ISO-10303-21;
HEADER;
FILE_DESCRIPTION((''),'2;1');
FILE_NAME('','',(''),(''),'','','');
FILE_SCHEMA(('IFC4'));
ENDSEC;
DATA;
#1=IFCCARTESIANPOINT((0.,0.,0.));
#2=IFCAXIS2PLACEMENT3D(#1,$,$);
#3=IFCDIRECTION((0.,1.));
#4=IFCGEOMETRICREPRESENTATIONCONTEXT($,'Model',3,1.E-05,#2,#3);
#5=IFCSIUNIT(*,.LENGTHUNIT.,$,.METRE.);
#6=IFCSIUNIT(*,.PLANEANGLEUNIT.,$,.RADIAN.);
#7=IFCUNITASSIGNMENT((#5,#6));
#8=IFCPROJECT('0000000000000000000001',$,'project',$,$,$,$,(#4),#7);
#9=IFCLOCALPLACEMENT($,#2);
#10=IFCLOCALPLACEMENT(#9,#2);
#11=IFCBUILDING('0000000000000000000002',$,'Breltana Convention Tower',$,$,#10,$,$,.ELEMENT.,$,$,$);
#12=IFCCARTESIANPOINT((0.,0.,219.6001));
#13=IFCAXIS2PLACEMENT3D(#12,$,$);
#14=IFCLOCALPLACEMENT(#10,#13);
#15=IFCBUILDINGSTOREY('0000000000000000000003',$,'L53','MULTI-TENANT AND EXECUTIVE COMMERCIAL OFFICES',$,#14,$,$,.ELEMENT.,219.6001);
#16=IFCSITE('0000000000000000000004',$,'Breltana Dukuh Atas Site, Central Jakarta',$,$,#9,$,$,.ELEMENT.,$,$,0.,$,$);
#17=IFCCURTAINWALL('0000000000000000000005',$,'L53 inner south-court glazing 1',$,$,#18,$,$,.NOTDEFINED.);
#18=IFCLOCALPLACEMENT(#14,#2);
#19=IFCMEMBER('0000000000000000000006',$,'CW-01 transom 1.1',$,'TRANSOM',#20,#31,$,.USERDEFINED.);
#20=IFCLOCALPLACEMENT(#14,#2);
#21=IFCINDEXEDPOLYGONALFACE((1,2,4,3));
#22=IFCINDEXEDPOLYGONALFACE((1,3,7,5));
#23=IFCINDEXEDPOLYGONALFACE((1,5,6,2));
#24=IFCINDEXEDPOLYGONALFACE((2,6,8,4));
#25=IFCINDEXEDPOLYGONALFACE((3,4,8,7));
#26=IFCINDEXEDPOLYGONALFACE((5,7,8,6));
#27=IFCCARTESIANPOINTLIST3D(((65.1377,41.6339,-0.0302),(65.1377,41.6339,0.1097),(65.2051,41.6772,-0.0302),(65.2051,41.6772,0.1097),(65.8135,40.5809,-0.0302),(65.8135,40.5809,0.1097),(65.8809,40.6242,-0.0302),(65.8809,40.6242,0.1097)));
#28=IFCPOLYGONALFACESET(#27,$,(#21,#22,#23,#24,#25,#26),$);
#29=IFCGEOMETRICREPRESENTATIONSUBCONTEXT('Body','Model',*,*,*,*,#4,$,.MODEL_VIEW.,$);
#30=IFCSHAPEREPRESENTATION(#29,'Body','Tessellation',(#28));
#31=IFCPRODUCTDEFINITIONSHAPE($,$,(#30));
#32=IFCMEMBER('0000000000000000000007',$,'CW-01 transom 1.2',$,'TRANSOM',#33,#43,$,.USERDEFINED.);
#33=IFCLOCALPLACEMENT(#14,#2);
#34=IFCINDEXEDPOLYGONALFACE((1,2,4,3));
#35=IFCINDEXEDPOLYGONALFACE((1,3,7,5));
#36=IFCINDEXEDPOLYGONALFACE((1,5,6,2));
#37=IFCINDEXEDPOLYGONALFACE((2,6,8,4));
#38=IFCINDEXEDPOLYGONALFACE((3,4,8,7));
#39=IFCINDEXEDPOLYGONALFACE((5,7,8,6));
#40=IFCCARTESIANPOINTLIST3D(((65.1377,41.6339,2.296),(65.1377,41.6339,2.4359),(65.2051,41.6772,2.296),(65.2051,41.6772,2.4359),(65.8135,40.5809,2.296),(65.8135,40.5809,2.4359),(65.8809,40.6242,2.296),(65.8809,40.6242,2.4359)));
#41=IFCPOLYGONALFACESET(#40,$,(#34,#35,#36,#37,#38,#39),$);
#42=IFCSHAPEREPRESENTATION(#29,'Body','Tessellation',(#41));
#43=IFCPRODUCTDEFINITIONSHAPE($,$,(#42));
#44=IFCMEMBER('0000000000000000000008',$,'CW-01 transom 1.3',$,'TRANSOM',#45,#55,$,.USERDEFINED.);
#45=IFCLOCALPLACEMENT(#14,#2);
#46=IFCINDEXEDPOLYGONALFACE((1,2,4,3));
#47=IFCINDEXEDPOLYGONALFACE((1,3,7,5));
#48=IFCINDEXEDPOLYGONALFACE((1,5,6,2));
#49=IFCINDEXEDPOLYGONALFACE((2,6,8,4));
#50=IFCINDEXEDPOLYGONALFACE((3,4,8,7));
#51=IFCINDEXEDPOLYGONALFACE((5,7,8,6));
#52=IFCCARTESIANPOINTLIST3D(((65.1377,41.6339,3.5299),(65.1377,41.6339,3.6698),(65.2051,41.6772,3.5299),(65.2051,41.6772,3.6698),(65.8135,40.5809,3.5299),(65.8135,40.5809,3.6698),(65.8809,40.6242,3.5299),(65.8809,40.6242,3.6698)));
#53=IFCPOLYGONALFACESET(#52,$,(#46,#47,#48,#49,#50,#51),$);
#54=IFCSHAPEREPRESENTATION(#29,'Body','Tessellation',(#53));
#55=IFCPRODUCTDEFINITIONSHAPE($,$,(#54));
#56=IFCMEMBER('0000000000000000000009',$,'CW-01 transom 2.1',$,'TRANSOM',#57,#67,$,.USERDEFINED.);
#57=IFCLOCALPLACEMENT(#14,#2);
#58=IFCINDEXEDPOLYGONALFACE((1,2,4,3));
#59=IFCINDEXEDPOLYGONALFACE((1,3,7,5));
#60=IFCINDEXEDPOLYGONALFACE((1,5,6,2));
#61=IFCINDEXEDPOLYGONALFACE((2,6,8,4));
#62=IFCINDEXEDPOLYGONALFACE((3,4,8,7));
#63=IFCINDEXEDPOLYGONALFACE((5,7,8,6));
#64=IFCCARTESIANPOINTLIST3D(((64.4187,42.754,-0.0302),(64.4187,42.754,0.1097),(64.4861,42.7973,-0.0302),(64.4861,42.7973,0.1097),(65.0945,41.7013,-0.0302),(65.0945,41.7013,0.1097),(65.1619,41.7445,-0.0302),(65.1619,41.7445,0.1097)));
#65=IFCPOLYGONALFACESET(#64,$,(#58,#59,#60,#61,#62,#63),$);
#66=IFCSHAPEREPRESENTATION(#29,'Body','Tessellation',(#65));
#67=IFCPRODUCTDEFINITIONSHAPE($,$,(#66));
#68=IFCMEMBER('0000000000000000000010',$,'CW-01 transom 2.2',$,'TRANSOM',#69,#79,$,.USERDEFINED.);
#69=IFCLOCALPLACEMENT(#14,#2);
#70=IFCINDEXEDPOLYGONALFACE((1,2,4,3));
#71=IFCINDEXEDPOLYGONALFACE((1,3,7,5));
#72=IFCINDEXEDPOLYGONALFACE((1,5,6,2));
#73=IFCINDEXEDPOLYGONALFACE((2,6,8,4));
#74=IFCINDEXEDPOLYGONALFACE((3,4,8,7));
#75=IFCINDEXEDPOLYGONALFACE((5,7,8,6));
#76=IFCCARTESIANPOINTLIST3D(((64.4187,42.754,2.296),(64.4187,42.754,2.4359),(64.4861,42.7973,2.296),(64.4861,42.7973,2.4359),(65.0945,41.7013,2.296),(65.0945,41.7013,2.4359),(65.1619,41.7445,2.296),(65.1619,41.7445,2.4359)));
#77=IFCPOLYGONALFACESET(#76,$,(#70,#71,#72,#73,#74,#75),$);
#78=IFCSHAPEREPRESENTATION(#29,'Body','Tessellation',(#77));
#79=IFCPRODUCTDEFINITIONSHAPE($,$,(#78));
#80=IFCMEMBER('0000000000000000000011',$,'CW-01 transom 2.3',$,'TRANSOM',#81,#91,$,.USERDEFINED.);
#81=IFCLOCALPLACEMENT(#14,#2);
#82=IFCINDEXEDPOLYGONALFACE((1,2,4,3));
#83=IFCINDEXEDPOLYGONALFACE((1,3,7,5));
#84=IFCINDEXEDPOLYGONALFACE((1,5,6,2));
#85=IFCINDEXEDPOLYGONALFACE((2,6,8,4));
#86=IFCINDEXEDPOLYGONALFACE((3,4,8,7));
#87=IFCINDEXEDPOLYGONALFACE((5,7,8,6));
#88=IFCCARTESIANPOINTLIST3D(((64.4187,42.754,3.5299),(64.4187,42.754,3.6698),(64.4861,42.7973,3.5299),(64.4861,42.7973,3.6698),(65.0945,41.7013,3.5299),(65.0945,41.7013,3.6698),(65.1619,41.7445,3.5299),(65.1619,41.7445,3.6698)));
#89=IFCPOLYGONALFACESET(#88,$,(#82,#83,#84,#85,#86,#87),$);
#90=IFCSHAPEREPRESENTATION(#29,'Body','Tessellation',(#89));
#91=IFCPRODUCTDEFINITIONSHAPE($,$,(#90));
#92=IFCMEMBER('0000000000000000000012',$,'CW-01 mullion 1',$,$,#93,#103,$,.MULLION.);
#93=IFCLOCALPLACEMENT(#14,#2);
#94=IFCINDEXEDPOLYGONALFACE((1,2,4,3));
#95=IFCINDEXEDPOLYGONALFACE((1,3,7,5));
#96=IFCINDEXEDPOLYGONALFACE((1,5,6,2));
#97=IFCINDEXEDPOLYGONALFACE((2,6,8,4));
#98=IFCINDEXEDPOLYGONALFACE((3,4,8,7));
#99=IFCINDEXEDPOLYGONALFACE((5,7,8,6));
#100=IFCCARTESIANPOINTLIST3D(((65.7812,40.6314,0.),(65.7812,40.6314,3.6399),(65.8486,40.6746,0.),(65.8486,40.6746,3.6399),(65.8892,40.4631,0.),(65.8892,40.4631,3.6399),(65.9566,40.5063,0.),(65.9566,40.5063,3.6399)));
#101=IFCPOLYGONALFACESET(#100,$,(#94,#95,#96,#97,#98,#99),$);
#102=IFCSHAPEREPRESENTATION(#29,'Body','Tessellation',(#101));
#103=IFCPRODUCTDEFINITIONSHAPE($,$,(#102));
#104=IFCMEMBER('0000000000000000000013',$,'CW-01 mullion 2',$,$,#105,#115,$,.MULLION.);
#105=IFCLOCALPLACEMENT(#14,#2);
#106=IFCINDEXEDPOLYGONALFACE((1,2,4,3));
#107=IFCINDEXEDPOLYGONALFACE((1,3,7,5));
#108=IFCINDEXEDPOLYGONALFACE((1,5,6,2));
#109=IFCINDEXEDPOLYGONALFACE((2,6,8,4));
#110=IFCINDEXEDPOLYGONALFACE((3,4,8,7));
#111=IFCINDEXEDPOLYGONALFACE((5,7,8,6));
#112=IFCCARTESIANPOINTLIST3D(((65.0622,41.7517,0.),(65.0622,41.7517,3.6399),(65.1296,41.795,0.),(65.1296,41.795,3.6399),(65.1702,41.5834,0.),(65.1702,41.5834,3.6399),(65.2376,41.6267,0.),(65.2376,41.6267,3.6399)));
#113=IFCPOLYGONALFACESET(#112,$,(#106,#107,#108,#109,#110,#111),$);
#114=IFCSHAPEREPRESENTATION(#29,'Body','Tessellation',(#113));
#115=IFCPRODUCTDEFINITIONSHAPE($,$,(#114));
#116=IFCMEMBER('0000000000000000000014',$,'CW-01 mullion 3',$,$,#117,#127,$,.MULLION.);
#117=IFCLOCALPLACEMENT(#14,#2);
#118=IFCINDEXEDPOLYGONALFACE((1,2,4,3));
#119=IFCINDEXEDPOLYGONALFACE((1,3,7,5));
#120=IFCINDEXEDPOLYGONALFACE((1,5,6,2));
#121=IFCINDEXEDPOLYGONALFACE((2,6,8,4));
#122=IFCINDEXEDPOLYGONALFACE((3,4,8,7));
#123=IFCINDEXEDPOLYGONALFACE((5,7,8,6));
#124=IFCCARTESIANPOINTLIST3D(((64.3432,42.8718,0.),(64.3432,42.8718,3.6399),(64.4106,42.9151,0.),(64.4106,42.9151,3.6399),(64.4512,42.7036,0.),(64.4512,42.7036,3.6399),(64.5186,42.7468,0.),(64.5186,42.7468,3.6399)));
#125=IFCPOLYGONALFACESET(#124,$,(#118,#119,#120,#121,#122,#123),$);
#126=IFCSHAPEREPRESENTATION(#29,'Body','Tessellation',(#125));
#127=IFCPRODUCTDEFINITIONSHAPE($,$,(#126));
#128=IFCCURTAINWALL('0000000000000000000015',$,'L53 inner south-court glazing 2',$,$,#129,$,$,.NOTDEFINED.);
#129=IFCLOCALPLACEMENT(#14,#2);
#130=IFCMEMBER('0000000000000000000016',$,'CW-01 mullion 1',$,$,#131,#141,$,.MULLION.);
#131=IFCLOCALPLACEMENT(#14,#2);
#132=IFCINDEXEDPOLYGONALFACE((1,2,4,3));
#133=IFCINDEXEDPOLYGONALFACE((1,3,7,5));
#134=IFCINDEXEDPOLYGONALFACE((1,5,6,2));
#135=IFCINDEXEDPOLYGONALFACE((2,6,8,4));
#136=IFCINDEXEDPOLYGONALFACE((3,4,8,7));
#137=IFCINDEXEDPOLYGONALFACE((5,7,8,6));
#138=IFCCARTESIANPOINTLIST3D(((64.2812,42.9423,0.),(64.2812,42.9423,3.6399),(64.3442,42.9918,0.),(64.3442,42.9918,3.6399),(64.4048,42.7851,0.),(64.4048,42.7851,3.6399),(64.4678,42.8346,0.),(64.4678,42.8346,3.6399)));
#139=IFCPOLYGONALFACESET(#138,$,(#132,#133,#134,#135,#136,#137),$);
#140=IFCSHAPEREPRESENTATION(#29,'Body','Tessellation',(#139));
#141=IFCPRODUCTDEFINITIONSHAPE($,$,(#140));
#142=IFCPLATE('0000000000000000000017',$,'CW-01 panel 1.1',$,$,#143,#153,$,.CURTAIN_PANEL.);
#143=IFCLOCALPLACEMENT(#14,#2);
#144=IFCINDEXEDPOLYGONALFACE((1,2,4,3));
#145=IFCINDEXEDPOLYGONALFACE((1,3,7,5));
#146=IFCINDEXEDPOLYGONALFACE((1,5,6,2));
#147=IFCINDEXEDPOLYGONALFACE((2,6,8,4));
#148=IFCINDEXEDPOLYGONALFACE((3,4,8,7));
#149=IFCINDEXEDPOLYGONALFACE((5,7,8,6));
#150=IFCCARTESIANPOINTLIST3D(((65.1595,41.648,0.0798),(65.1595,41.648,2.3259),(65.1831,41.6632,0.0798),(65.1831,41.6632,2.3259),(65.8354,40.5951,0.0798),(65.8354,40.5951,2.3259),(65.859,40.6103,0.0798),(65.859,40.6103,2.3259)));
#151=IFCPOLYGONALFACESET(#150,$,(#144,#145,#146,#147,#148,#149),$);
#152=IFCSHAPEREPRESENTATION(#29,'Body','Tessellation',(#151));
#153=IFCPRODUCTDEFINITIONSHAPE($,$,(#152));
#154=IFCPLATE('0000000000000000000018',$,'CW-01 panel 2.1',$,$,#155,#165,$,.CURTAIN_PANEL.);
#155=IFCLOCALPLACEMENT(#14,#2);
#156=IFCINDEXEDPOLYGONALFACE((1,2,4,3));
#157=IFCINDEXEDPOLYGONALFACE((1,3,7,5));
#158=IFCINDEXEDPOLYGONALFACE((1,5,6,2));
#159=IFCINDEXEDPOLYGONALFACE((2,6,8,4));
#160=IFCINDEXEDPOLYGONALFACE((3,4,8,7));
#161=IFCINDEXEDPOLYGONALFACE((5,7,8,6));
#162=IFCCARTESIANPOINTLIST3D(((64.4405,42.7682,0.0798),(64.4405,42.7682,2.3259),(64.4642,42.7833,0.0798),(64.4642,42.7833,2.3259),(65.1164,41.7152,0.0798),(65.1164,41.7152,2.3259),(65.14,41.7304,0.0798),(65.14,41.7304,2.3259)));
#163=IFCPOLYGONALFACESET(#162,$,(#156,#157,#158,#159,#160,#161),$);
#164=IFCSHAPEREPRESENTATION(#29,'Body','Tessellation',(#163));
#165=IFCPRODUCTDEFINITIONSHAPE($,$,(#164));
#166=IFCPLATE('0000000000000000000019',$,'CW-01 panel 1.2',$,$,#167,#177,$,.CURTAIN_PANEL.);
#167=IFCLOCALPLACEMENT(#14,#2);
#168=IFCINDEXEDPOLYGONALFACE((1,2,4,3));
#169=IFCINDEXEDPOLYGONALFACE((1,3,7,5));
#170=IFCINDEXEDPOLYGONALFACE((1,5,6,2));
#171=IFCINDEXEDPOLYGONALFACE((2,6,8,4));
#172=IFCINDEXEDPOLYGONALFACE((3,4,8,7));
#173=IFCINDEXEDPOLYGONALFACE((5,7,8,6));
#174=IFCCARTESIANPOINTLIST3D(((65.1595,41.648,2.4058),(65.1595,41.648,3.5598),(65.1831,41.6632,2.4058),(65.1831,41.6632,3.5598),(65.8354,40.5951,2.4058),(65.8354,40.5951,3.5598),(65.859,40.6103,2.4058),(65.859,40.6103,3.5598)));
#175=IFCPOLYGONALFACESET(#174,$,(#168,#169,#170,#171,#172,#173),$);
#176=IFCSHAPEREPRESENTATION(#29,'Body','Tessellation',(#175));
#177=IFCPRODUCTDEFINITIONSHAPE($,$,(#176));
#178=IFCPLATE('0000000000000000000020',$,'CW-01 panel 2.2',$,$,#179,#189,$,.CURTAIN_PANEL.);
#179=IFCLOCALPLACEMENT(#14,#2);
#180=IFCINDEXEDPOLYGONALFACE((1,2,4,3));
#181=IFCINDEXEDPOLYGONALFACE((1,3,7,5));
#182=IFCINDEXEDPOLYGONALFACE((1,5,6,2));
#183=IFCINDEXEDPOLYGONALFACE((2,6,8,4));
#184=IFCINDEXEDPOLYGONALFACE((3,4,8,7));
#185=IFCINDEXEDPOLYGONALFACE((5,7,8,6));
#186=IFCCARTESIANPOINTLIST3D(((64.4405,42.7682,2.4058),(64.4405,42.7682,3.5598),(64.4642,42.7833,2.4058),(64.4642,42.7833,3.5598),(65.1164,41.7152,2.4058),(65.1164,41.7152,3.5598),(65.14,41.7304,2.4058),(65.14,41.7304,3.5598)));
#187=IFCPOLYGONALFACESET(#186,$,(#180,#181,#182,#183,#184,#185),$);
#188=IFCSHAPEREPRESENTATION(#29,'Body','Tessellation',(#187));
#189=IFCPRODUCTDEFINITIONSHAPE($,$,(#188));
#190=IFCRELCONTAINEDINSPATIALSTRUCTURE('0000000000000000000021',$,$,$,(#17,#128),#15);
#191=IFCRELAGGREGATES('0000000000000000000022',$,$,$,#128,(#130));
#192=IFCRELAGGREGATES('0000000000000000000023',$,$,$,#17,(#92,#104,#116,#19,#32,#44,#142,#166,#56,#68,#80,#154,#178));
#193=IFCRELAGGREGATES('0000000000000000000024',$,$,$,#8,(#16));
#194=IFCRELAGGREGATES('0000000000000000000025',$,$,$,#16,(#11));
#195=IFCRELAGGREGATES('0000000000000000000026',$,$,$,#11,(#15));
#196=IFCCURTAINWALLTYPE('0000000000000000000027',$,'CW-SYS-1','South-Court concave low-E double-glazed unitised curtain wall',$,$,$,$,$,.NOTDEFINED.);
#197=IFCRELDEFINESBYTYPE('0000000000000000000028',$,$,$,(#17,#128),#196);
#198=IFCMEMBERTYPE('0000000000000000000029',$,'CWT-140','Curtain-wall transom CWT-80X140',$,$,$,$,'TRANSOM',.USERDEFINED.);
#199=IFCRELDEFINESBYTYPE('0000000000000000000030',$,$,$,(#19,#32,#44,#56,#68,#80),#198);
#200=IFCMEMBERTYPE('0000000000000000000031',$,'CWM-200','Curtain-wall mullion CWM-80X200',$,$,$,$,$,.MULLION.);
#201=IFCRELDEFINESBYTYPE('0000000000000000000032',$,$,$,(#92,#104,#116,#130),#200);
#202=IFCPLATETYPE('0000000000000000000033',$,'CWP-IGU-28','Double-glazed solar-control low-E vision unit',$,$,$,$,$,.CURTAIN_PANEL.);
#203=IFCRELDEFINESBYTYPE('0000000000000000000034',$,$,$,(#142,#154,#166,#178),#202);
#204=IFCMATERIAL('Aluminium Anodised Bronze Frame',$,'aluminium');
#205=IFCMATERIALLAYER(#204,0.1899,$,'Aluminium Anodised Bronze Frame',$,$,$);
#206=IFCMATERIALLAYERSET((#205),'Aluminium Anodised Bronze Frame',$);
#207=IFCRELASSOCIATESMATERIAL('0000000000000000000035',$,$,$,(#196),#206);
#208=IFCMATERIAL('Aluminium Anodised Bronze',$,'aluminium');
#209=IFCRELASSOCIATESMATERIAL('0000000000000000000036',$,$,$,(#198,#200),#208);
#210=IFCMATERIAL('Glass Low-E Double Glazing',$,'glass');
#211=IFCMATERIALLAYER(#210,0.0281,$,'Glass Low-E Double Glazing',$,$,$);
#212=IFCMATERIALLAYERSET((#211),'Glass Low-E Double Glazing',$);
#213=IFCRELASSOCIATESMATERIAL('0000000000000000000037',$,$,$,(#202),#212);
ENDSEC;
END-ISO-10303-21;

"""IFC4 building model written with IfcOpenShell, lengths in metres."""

from ifc_helpers import new_model, si_unit, direction, frame, origin, origin_2d, place, context, subcontext, project, spatial, rectangle, extrude, source, transform, mapped, material, layer, layer_set, material_profile, profile_set, type_object, element, aggregate, save


model = new_model("IFC4")

# Units and contexts
model_context = context("Model", 3, precision=1e-05, world=origin(), true_north=direction((0.0, 1.0)))
body_context = subcontext(model_context, "Body", "Model", "MODEL_VIEW")
ifc_project = project(units=[si_unit("LENGTHUNIT", "METRE"), si_unit("PLANEANGLEUNIT", "RADIAN")], contexts=[model_context])

# Site, building, storey
site_placement = place(None, origin())
site = spatial("IfcSite", under=ifc_project, at=site_placement, Name="Breltana Dukuh Atas Site, Central Jakarta", CompositionType="ELEMENT", RefElevation=0.0)
building_placement = place(site_placement, origin())
building = spatial("IfcBuilding", under=site, at=building_placement, Name="Breltana Convention Tower", CompositionType="ELEMENT")
storey_placement = place(building_placement, frame((0.0, 0.0, 219.6001)))
storey = spatial("IfcBuildingStorey", under=building, at=storey_placement, Name="L53", Description="MULTI-TENANT AND EXECUTIVE COMMERCIAL OFFICES", CompositionType="ELEMENT", Elevation=219.6001)

# Curtain wall, members
ifc_material_1 = material(Name="Aluminium Anodised Bronze Frame", Category="aluminium")
ifc_layer_1 = layer(ifc_material_1, 0.1899, Name="Aluminium Anodised Bronze Frame")
ifc_layer_set_1 = layer_set([ifc_layer_1], Name="Aluminium Anodised Bronze Frame")
curtain_wall_type = type_object("IfcCurtainWallType", Name="CW-SYS-1", Description="South-Court concave low-E double-glazed unitised curtain wall", PredefinedType="NOTDEFINED", material=ifc_layer_set_1)
curtain_wall_1_placement = place(storey_placement, origin())
curtain_wall_1 = element("IfcCurtainWall", 1, at=curtain_wall_1_placement, inside=storey, type_object=curtain_wall_type, Name="L53 inner south-court glazing 1", PredefinedType="NOTDEFINED")
ifc_material_2 = material(Name="Aluminium Anodised Bronze", Category="aluminium")
ifc_material_profile_1 = material_profile(ifc_material_2, rectangle(XDim=0.0801, YDim=0.1399, at=origin_2d()), Name="CWT-80X140")
ifc_profile_set_1 = profile_set([ifc_material_profile_1], Name="Aluminium Anodised Bronze")
member_type_1 = type_object("IfcMemberType", Name="CWT-140", Description="Curtain-wall transom CWT-80X140", ElementType="TRANSOM", PredefinedType="USERDEFINED", material=ifc_profile_set_1)
shared_shape_1 = source(origin(), body_context, "Body", "SweptSolid", [
    extrude(rectangle(XDim=0.0801, YDim=0.1399, at=origin_2d()), origin(), (0.0, 0.0, 1.0), 1.2512),
])
member_1_placement = place(storey_placement, frame((65.8472, 40.6025, 0.0398), z_axis=(-0.540116, 0.84159, 0.0), x_axis=(-0.84159, -0.540116, 0.0)))
member_1 = element("IfcMember", 2, at=member_1_placement, type_object=member_type_1, Name="CW-01 transom 1.1", ObjectType="TRANSOM", PredefinedType="USERDEFINED", context=body_context, shape_type="MappedRepresentation", body=[
    mapped(shared_shape_1, transform((0.0, 0.0, 0.0), scale=1.0)),
])
member_2_placement = place(storey_placement, frame((65.8472, 40.6025, 2.366), z_axis=(-0.540116, 0.84159, 0.0), x_axis=(-0.84159, -0.540116, 0.0)))
member_2 = element("IfcMember", 3, at=member_2_placement, type_object=member_type_1, Name="CW-01 transom 1.2", ObjectType="TRANSOM", PredefinedType="USERDEFINED", context=body_context, shape_type="MappedRepresentation", body=[
    mapped(shared_shape_1, transform((0.0, 0.0, 0.0), scale=1.0)),
])
member_3_placement = place(storey_placement, frame((65.8472, 40.6025, 3.5999), z_axis=(-0.540116, 0.84159, 0.0), x_axis=(-0.84159, -0.540116, 0.0)))
member_3 = element("IfcMember", 4, at=member_3_placement, type_object=member_type_1, Name="CW-01 transom 1.3", ObjectType="TRANSOM", PredefinedType="USERDEFINED", context=body_context, shape_type="MappedRepresentation", body=[
    mapped(shared_shape_1, transform((0.0, 0.0, 0.0), scale=1.0)),
])
shared_shape_2 = source(origin(), body_context, "Body", "SweptSolid", [
    extrude(rectangle(XDim=0.0801, YDim=0.1399, at=origin_2d()), origin(), (0.0, 0.0, 1.0), 1.251),
])
member_4_placement = place(storey_placement, frame((65.1282, 41.7229, 0.0398), z_axis=(-0.540205, 0.841533, 0.0), x_axis=(-0.841533, -0.540205, 0.0)))
member_4 = element("IfcMember", 5, at=member_4_placement, type_object=member_type_1, Name="CW-01 transom 2.1", ObjectType="TRANSOM", PredefinedType="USERDEFINED", context=body_context, shape_type="MappedRepresentation", body=[
    mapped(shared_shape_2, transform((0.0, 0.0, 0.0), scale=1.0)),
])
member_5_placement = place(storey_placement, frame((65.1282, 41.7229, 2.366), z_axis=(-0.540205, 0.841533, 0.0), x_axis=(-0.841533, -0.540205, 0.0)))
member_5 = element("IfcMember", 6, at=member_5_placement, type_object=member_type_1, Name="CW-01 transom 2.2", ObjectType="TRANSOM", PredefinedType="USERDEFINED", context=body_context, shape_type="MappedRepresentation", body=[
    mapped(shared_shape_2, transform((0.0, 0.0, 0.0), scale=1.0)),
])
member_6_placement = place(storey_placement, frame((65.1282, 41.7229, 3.5999), z_axis=(-0.540205, 0.841533, 0.0), x_axis=(-0.841533, -0.540205, 0.0)))
member_6 = element("IfcMember", 7, at=member_6_placement, type_object=member_type_1, Name="CW-01 transom 2.3", ObjectType="TRANSOM", PredefinedType="USERDEFINED", context=body_context, shape_type="MappedRepresentation", body=[
    mapped(shared_shape_2, transform((0.0, 0.0, 0.0), scale=1.0)),
])
ifc_material_profile_2 = material_profile(ifc_material_2, rectangle(XDim=0.0801, YDim=0.2, at=origin_2d()), Name="CWM-80X200")
ifc_profile_set_2 = profile_set([ifc_material_profile_2], Name="Aluminium Anodised Bronze")
member_type_2 = type_object("IfcMemberType", Name="CWM-200", Description="Curtain-wall mullion CWM-80X200", PredefinedType="MULLION", material=ifc_profile_set_2)
shared_shape_3 = source(origin(), body_context, "Body", "SweptSolid", [
    extrude(rectangle(XDim=0.0801, YDim=0.2, at=origin_2d()), origin(), (0.0, 0.0, 1.0), 3.6399),
])
member_7_placement = place(storey_placement, frame((65.8689, 40.5688, 0.0), z_axis=(0.0, 0.0, 1.0), x_axis=(-0.841547, -0.540184, 0.0)))
member_7 = element("IfcMember", 8, at=member_7_placement, type_object=member_type_2, Name="CW-01 mullion 1", PredefinedType="MULLION", context=body_context, shape_type="MappedRepresentation", body=[
    mapped(shared_shape_3, transform((0.0, 0.0, 0.0), scale=1.0)),
])
member_8_placement = place(storey_placement, frame((65.1499, 41.6892, 0.0), z_axis=(0.0, 0.0, 1.0), x_axis=(-0.841547, -0.540184, 0.0)))
member_8 = element("IfcMember", 9, at=member_8_placement, type_object=member_type_2, Name="CW-01 mullion 2", PredefinedType="MULLION", context=body_context, shape_type="MappedRepresentation", body=[
    mapped(shared_shape_3, transform((0.0, 0.0, 0.0), scale=1.0)),
])
member_9_placement = place(storey_placement, frame((64.4309, 42.8093, 0.0), z_axis=(0.0, 0.0, 1.0), x_axis=(-0.841547, -0.540184, 0.0)))
member_9 = element("IfcMember", 10, at=member_9_placement, type_object=member_type_2, Name="CW-01 mullion 3", PredefinedType="MULLION", context=body_context, shape_type="MappedRepresentation", body=[
    mapped(shared_shape_3, transform((0.0, 0.0, 0.0), scale=1.0)),
])

# Curtain wall, member
curtain_wall_2_placement = place(storey_placement, origin())
curtain_wall_2 = element("IfcCurtainWall", 11, at=curtain_wall_2_placement, inside=storey, type_object=curtain_wall_type, Name="L53 inner south-court glazing 2", PredefinedType="NOTDEFINED")
member_10_placement = place(storey_placement, frame((64.3745, 42.8884, 0.0), z_axis=(0.0, 0.0, 1.0), x_axis=(-0.786061, -0.61815, 0.0)))
member_10 = element("IfcMember", 12, at=member_10_placement, type_object=member_type_2, Name="CW-01 mullion 1", PredefinedType="MULLION", context=body_context, shape_type="MappedRepresentation", body=[
    mapped(shared_shape_3, transform((0.0, 0.0, 0.0), scale=1.0)),
])
aggregate(curtain_wall_2, [member_10])

# Plates
ifc_material_3 = material(Name="Glass Low-E Double Glazing", Category="glass")
ifc_layer_2 = layer(ifc_material_3, 0.0281, Name="Glass Low-E Double Glazing")
ifc_layer_set_2 = layer_set([ifc_layer_2], Name="Glass Low-E Double Glazing")
plate_type = type_object("IfcPlateType", Name="CWP-IGU-28", Description="Double-glazed solar-control low-E vision unit", PredefinedType="CURTAIN_PANEL", material=ifc_layer_set_2)
shared_shape_4 = source(origin(), body_context, "Body", "SweptSolid", [
    extrude(rectangle(XDim=1.2512, YDim=0.0281, at=origin_2d()), origin(), (0.0, 0.0, 1.0), 2.2461),
])
plate_1_placement = place(storey_placement, frame((65.5093, 41.1292, 0.0798), z_axis=(0.0, 0.0, 1.0), x_axis=(-0.540184, 0.841547, 0.0)))
plate_1 = element("IfcPlate", 13, at=plate_1_placement, type_object=plate_type, Name="CW-01 panel 1.1", PredefinedType="CURTAIN_PANEL", context=body_context, shape_type="MappedRepresentation", body=[
    mapped(shared_shape_4, transform((0.0, 0.0, 0.0), scale=1.0)),
])
plate_2_placement = place(storey_placement, frame((64.7903, 42.2493, 0.0798), z_axis=(0.0, 0.0, 1.0), x_axis=(-0.540184, 0.841547, 0.0)))
plate_2 = element("IfcPlate", 14, at=plate_2_placement, type_object=plate_type, Name="CW-01 panel 2.1", PredefinedType="CURTAIN_PANEL", context=body_context, shape_type="MappedRepresentation", body=[
    mapped(shared_shape_4, transform((0.0, 0.0, 0.0), scale=1.0)),
])
shared_shape_5 = source(origin(), body_context, "Body", "SweptSolid", [
    extrude(rectangle(XDim=1.2512, YDim=0.0281, at=origin_2d()), origin(), (0.0, 0.0, 1.0), 1.1541),
])
plate_3_placement = place(storey_placement, frame((65.5093, 41.1292, 2.4058), z_axis=(0.0, 0.0, 1.0), x_axis=(-0.540184, 0.841547, 0.0)))
plate_3 = element("IfcPlate", 15, at=plate_3_placement, type_object=plate_type, Name="CW-01 panel 1.2", PredefinedType="CURTAIN_PANEL", context=body_context, shape_type="MappedRepresentation", body=[
    mapped(shared_shape_5, transform((0.0, 0.0, 0.0), scale=1.0)),
])
plate_4_placement = place(storey_placement, frame((64.7903, 42.2493, 2.4058), z_axis=(0.0, 0.0, 1.0), x_axis=(-0.540184, 0.841547, 0.0)))
plate_4 = element("IfcPlate", 16, at=plate_4_placement, type_object=plate_type, Name="CW-01 panel 2.2", PredefinedType="CURTAIN_PANEL", context=body_context, shape_type="MappedRepresentation", body=[
    mapped(shared_shape_5, transform((0.0, 0.0, 0.0), scale=1.0)),
])
aggregate(curtain_wall_1, [member_7, member_8, member_9, member_1, member_2, member_3, plate_1, plate_3, member_4, member_5, member_6, plate_2, plate_4])

save(model, "model.ifc")
